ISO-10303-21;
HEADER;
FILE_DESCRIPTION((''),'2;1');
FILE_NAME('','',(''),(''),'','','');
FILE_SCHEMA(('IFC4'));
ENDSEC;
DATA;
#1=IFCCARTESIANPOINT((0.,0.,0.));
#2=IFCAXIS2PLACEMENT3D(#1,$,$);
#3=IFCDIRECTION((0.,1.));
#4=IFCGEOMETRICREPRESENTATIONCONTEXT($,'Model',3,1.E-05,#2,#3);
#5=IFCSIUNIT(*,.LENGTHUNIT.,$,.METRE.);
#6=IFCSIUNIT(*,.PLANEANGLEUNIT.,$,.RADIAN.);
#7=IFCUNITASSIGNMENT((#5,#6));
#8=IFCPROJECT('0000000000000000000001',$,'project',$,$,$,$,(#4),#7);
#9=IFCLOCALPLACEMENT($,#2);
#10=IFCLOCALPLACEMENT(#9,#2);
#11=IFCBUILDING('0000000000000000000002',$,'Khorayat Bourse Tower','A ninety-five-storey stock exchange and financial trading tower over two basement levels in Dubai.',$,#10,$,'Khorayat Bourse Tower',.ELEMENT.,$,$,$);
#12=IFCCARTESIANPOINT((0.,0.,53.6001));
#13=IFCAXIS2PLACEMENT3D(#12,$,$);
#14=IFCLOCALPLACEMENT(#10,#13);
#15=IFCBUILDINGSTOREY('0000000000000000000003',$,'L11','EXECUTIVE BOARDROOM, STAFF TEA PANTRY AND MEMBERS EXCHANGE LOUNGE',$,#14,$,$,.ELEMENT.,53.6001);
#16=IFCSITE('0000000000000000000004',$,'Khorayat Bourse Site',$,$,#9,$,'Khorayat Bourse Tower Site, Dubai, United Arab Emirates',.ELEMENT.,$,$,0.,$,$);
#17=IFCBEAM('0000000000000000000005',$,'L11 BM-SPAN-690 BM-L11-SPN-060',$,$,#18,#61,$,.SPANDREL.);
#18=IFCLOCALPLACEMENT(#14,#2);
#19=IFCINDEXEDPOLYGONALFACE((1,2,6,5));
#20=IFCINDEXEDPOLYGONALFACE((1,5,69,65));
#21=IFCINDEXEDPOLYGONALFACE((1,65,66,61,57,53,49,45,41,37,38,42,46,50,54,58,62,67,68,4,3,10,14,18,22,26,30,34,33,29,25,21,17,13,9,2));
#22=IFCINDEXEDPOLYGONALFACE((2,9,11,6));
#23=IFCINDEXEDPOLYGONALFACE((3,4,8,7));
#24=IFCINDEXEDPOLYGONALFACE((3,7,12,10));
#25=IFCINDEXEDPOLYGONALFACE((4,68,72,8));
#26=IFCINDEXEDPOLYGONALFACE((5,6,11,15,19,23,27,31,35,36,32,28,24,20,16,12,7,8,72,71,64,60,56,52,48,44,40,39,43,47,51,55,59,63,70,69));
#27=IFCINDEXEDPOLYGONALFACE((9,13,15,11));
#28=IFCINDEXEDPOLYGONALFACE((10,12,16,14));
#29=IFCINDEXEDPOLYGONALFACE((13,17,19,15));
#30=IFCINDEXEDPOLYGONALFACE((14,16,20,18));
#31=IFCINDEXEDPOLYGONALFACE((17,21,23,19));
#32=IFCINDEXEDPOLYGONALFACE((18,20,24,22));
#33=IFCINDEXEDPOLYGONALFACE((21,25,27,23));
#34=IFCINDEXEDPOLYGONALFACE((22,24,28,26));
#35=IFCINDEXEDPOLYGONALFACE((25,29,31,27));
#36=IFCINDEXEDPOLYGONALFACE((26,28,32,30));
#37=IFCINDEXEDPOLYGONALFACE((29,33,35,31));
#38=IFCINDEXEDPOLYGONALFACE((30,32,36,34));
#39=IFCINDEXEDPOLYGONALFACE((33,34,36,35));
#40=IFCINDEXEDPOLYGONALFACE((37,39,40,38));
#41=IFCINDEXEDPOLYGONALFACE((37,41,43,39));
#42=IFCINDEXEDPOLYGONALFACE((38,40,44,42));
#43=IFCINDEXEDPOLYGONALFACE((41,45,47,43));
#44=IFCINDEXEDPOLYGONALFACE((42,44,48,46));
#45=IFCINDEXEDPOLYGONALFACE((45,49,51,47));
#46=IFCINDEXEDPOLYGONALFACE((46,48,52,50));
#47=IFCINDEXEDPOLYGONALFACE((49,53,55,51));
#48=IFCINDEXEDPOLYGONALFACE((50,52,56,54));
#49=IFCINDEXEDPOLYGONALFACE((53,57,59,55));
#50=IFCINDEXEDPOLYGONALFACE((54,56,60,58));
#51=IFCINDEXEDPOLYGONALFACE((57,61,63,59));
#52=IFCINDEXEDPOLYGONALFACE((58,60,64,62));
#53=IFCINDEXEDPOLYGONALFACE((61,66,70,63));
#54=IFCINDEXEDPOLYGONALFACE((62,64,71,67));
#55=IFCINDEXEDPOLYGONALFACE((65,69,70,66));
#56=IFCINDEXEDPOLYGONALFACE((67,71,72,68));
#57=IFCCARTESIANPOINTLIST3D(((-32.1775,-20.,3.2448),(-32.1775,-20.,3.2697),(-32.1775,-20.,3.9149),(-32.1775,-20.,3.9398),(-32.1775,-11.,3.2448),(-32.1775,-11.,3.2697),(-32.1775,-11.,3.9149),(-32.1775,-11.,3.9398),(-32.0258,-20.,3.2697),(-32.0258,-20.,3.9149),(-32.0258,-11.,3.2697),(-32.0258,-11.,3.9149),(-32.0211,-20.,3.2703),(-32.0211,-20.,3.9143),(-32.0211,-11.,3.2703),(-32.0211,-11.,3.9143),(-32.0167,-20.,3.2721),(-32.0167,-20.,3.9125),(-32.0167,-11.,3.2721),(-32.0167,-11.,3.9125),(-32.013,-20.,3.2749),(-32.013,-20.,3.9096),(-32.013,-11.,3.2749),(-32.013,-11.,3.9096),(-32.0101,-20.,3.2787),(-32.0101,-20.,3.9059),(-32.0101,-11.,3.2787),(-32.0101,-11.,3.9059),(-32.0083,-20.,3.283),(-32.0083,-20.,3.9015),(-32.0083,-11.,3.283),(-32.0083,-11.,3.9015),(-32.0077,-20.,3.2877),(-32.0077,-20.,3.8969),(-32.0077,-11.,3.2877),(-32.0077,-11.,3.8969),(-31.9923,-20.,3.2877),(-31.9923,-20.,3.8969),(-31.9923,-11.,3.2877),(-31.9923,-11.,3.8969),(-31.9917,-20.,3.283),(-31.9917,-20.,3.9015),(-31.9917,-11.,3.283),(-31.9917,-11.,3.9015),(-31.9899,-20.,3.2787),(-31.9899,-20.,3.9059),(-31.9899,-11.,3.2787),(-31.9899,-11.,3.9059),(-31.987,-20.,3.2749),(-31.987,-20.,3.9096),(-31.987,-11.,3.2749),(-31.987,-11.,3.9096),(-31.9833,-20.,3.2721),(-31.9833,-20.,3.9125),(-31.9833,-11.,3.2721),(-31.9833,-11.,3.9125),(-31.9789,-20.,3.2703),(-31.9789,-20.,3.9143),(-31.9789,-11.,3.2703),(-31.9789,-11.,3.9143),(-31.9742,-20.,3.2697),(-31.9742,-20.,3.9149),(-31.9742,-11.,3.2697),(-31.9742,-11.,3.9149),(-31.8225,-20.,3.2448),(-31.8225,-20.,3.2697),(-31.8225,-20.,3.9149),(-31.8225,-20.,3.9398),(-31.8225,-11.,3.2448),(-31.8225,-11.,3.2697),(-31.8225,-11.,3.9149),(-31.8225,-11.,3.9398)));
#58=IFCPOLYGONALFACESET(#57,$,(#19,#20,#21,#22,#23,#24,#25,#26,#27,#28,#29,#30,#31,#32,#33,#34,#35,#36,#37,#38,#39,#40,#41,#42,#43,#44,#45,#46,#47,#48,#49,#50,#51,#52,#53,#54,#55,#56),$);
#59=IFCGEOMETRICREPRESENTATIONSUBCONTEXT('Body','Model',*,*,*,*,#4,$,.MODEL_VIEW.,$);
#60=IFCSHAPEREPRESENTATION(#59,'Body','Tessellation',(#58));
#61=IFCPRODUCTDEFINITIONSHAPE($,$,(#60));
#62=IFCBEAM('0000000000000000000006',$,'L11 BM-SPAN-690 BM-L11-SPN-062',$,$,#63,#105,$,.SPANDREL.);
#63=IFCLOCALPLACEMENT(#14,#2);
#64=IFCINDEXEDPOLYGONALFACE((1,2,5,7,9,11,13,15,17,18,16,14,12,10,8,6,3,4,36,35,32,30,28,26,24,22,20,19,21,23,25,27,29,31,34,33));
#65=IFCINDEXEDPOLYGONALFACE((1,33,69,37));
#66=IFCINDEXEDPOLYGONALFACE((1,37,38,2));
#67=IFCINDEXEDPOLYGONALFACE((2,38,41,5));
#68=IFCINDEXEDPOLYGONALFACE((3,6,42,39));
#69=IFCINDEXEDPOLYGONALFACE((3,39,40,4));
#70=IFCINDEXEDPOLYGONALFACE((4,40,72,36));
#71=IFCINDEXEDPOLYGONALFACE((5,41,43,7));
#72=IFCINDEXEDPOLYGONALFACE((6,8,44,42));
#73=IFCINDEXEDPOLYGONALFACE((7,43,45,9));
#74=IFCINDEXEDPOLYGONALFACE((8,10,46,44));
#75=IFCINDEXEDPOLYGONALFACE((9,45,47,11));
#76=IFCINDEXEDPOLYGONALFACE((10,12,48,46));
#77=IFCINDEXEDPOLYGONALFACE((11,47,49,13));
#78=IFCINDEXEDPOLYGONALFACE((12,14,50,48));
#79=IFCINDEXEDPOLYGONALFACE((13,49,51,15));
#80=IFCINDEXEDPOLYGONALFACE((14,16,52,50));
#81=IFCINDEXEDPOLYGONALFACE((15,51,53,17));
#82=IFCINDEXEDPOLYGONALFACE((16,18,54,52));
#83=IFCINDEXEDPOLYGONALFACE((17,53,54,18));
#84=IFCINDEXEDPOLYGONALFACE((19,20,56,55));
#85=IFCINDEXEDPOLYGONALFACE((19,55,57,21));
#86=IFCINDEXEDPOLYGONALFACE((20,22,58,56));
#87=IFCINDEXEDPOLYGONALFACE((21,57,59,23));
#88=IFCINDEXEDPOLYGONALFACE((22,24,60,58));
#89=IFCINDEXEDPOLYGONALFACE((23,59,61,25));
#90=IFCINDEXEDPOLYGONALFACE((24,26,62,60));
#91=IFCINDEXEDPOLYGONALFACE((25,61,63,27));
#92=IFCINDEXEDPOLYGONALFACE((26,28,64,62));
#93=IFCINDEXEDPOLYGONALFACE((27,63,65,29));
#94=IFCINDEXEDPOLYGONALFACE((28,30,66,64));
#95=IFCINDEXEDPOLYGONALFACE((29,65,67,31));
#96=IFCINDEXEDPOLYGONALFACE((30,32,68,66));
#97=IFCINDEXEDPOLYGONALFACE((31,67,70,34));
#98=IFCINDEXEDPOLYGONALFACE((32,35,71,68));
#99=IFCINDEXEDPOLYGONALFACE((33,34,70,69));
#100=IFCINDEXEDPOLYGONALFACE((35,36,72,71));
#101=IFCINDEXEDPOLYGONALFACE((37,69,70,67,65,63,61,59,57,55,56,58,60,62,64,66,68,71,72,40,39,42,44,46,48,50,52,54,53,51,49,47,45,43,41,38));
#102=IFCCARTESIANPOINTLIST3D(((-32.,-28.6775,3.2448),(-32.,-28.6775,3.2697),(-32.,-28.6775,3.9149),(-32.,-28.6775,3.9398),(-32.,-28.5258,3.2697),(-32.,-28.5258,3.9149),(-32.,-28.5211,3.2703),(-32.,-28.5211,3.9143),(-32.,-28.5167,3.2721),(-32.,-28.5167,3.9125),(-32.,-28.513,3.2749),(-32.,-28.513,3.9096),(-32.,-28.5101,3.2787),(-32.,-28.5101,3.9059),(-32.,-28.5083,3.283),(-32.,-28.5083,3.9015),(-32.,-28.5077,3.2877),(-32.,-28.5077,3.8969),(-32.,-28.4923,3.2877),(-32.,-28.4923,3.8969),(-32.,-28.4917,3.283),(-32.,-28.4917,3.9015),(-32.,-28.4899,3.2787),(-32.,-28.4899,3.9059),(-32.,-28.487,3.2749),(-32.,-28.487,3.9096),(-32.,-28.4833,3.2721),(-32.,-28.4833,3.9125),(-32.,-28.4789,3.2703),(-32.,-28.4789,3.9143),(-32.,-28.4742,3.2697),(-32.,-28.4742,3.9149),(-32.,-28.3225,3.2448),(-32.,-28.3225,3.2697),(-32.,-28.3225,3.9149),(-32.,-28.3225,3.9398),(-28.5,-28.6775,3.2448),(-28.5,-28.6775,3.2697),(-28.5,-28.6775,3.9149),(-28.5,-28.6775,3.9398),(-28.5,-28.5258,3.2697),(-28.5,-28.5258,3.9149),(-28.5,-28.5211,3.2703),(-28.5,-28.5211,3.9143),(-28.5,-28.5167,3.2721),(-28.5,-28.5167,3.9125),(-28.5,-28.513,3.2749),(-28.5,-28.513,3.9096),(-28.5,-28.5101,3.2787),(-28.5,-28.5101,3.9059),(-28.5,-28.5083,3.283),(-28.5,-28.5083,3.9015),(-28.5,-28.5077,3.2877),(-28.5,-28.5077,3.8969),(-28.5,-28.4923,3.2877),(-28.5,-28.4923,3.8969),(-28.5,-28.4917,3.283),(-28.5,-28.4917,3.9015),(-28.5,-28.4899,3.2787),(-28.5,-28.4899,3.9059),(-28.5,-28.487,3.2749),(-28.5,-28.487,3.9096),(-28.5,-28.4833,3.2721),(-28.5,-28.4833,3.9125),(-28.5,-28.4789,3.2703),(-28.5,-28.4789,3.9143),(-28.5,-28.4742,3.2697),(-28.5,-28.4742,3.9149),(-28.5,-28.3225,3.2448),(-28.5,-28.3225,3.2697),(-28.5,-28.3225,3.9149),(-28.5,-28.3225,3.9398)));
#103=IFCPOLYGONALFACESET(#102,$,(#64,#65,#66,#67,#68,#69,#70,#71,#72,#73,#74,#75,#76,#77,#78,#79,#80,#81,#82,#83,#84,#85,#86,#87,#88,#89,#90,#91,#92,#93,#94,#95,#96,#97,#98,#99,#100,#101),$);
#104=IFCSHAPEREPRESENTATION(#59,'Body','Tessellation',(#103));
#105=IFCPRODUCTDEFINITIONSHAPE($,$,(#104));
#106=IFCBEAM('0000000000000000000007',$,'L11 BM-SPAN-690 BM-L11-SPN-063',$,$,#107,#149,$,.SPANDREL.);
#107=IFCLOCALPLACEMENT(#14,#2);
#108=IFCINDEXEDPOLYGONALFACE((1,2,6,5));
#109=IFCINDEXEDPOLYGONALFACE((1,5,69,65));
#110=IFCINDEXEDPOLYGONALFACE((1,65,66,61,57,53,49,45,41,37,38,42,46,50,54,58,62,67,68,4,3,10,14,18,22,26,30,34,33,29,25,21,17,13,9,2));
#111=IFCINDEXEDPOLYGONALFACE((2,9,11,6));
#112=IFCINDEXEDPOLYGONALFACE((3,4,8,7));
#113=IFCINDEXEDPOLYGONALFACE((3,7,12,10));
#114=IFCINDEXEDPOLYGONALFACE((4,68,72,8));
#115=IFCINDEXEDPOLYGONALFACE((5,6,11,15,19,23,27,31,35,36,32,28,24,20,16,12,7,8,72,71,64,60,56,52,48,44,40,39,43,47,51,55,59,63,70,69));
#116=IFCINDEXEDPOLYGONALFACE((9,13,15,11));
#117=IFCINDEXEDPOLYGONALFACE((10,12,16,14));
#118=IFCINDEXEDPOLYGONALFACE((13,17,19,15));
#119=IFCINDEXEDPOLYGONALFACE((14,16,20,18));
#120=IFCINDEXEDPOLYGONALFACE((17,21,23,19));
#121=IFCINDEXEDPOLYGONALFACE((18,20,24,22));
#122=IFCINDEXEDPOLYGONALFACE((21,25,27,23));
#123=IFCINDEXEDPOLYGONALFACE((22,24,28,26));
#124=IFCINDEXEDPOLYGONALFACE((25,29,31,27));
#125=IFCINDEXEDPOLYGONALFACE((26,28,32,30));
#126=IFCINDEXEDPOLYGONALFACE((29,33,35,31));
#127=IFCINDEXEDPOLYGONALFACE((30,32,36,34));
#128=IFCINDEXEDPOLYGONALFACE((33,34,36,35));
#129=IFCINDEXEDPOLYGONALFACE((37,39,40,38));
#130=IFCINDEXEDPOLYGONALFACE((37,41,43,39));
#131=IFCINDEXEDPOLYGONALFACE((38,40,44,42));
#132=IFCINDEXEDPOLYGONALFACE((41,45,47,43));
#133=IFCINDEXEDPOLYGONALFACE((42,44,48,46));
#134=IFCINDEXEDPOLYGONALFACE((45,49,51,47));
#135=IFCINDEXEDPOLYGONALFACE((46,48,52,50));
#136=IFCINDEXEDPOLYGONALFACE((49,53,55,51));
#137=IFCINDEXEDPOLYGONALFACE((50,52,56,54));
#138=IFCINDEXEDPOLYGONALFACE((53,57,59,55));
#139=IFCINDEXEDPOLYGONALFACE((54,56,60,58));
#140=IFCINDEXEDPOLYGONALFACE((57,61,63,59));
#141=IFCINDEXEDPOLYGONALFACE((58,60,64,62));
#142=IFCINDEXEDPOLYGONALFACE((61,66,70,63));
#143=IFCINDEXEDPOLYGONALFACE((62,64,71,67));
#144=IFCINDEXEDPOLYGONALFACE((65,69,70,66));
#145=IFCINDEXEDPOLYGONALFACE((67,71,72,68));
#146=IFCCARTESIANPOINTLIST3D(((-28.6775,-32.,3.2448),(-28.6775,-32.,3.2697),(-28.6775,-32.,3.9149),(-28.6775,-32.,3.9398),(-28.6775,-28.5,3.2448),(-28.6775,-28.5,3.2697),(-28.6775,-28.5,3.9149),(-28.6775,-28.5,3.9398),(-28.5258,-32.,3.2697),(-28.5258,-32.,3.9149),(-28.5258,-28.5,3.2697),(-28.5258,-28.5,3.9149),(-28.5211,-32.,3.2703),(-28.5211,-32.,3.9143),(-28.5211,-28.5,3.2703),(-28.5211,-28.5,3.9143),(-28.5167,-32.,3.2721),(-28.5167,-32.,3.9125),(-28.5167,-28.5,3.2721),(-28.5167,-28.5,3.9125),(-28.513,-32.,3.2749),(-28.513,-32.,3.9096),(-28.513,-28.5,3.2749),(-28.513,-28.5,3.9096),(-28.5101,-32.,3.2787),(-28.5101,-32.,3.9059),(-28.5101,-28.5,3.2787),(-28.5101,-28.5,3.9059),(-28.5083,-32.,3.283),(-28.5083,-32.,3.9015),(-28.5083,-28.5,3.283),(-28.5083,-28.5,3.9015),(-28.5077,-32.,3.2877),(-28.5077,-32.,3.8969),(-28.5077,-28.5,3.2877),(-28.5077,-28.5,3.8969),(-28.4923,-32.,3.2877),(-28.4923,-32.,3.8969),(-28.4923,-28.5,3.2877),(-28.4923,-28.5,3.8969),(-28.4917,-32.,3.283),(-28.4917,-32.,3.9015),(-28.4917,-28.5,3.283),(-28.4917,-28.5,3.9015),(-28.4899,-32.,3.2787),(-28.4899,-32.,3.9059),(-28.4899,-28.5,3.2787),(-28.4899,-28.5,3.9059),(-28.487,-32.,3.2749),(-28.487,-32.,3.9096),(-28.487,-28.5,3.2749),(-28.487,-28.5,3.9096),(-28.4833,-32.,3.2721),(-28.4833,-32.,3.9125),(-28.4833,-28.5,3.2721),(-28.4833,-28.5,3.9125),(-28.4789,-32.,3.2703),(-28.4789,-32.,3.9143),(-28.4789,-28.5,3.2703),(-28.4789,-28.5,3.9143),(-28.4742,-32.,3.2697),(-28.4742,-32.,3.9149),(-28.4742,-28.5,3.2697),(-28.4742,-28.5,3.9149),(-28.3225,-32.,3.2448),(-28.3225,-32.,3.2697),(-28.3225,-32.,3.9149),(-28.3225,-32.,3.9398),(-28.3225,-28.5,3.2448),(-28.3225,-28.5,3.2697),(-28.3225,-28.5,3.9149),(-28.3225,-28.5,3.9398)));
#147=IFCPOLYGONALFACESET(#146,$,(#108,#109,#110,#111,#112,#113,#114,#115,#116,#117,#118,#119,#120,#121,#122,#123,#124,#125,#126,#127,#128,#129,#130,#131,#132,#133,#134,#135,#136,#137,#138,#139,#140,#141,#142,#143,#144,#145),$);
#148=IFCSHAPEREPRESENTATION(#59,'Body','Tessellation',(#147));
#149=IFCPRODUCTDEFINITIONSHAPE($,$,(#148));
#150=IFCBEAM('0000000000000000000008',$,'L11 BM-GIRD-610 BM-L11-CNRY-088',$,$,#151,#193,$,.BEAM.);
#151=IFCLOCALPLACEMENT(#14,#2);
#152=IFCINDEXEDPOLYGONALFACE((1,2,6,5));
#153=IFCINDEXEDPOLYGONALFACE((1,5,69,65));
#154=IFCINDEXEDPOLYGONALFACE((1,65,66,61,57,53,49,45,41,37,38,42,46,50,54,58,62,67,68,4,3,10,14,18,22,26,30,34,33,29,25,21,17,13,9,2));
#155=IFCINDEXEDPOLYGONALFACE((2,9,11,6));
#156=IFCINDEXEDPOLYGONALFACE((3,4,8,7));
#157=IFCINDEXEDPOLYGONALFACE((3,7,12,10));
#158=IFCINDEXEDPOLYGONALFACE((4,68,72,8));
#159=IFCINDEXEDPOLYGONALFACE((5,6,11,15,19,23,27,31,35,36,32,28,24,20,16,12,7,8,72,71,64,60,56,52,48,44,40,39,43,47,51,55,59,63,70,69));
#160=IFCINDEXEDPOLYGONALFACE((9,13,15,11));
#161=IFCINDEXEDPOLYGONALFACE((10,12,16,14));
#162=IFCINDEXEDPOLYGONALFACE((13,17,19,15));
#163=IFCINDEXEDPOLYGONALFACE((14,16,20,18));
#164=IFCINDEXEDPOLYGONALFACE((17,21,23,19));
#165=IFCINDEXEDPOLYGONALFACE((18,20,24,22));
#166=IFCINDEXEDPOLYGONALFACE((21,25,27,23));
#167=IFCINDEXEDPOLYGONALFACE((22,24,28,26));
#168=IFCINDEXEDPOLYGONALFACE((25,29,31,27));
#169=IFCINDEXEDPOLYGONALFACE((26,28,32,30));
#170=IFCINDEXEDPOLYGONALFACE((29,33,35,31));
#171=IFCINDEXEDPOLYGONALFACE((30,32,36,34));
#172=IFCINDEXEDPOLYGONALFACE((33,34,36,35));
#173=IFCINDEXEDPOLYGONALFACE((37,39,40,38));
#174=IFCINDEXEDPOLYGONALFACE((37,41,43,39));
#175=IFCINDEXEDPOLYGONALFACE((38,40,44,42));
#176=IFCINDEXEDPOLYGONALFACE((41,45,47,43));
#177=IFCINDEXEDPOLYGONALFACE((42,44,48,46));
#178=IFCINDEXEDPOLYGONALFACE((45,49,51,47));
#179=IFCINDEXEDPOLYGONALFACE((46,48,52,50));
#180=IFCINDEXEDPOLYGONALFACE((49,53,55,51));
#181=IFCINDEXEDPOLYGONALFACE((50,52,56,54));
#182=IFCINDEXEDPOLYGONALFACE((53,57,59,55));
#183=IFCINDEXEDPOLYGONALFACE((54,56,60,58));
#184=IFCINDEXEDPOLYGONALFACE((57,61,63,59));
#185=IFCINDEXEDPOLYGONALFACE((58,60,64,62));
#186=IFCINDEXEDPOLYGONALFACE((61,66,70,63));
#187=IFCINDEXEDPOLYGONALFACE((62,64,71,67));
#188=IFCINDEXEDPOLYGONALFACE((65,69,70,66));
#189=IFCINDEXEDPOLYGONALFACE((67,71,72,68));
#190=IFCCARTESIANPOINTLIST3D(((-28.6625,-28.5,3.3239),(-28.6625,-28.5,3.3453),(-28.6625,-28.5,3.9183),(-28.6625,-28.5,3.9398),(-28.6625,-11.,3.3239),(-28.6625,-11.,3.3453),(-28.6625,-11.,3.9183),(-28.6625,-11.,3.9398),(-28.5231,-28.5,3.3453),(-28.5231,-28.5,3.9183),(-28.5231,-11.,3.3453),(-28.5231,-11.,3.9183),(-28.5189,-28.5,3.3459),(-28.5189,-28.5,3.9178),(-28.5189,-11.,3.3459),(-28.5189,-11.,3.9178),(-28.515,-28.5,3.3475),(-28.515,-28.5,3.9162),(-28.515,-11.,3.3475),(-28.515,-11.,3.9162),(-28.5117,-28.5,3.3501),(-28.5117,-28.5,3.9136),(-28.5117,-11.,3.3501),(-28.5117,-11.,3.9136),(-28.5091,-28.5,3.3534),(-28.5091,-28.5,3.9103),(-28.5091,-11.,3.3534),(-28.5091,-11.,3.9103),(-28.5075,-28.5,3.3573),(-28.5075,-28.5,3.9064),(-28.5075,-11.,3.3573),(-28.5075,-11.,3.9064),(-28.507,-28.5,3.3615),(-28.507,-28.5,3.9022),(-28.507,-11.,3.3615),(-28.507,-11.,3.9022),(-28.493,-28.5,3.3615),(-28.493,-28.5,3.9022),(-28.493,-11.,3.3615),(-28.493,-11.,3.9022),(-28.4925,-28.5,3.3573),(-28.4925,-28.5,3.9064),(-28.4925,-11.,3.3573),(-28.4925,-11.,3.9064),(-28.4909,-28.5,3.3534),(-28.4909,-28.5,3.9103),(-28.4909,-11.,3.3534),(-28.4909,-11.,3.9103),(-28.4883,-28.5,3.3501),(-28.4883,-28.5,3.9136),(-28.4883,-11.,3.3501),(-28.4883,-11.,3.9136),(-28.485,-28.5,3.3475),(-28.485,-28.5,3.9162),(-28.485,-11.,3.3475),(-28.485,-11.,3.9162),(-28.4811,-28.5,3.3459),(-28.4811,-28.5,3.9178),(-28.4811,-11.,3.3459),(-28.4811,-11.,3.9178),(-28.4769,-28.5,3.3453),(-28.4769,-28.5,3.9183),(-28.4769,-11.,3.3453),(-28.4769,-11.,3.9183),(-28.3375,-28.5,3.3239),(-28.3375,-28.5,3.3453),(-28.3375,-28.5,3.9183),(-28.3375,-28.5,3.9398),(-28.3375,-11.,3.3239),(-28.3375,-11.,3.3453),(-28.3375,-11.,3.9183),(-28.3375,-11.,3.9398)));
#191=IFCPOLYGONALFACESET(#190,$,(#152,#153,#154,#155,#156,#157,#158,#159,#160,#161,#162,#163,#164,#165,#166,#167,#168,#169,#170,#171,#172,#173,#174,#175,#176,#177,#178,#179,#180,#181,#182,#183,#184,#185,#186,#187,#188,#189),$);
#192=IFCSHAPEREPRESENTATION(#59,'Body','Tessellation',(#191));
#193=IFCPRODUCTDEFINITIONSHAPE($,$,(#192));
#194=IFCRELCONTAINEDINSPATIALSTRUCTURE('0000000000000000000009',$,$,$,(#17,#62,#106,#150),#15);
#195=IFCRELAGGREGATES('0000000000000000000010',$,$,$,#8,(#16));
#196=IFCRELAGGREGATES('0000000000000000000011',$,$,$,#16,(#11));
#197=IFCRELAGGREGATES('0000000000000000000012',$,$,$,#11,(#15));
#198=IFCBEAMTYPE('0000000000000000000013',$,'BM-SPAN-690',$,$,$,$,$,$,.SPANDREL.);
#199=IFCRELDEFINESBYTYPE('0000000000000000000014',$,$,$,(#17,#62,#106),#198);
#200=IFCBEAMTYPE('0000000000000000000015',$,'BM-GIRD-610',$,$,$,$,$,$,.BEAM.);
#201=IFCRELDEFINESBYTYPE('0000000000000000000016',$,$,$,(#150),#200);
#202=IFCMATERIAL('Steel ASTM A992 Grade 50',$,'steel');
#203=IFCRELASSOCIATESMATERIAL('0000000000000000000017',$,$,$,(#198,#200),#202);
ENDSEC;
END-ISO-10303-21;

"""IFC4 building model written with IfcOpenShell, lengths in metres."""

from ifc_helpers import new_model, si_unit, direction, frame, origin, origin_2d, place, context, subcontext, project, spatial, i_section, extrude, source, transform, mapped, material, material_profile, profile_set, type_object, element, save


model = new_model("IFC4")

# Units and contexts
model_context = context("Model", 3, precision=1e-05, world=origin(), true_north=direction((0.0, 1.0)))
body_context = subcontext(model_context, "Body", "Model", "MODEL_VIEW")
ifc_project = project(units=[si_unit("LENGTHUNIT", "METRE"), si_unit("PLANEANGLEUNIT", "RADIAN")], contexts=[model_context])

# Site, building, storey
site_placement = place(None, origin())
site = spatial("IfcSite", under=ifc_project, at=site_placement, Name="Khorayat Bourse Site", LongName="Khorayat Bourse Tower Site, Dubai, United Arab Emirates", CompositionType="ELEMENT", RefElevation=0.0)
building_placement = place(site_placement, origin())
building = spatial("IfcBuilding", under=site, at=building_placement, Name="Khorayat Bourse Tower", Description="A ninety-five-storey stock exchange and financial trading tower over two basement levels in Dubai.", LongName="Khorayat Bourse Tower", CompositionType="ELEMENT")
storey_placement = place(building_placement, frame((0.0, 0.0, 53.6001)))
storey = spatial("IfcBuildingStorey", under=building, at=storey_placement, Name="L11", Description="EXECUTIVE BOARDROOM, STAFF TEA PANTRY AND MEMBERS EXCHANGE LOUNGE", CompositionType="ELEMENT", Elevation=53.6001)

# Beams
ifc_material_1 = material(Name="Steel ASTM A992 Grade 50", Category="steel")
ifc_material_profile_1 = material_profile(ifc_material_1, i_section(OverallWidth=0.355, OverallDepth=0.6951, WebThickness=0.0154, FlangeThickness=0.0249, FilletRadius=0.0181, at=origin_2d()), Name="W690X217")
ifc_profile_set_1 = profile_set([ifc_material_profile_1], Name="Steel ASTM A992 Grade 50")
beam_type_1 = type_object("IfcBeamType", Name="BM-SPAN-690", PredefinedType="SPANDREL", material=ifc_profile_set_1)
shared_shape_1 = source(origin(), body_context, "Body", "SweptSolid", [
    extrude(i_section(OverallWidth=0.355, OverallDepth=0.6951, WebThickness=0.0154, FlangeThickness=0.0249, FilletRadius=0.0181, at=origin_2d()), origin(), (0.0, 0.0, 1.0), 9.0),
])
beam_1_placement = place(storey_placement, frame((-32.0, -20.0, 3.5923), z_axis=(0.0, 1.0, 0.0), x_axis=(-1.0, 0.0, 0.0)))
element("IfcBeam", 1, at=beam_1_placement, inside=storey, type_object=beam_type_1, Name="L11 BM-SPAN-690 BM-L11-SPN-060", PredefinedType="SPANDREL", context=body_context, shape_type="MappedRepresentation", body=[
    mapped(shared_shape_1, transform((0.0, 0.0, 0.0), scale=1.0)),
])
shared_shape_2 = source(origin(), body_context, "Body", "SweptSolid", [
    extrude(i_section(OverallWidth=0.355, OverallDepth=0.6951, WebThickness=0.0154, FlangeThickness=0.0249, FilletRadius=0.0181, at=origin_2d()), origin(), (0.0, 0.0, 1.0), 3.5),
])
for number, where, z_axis, x_axis, name in (
    (2, (-32.0, -28.5, 3.5923), (1.0, 0.0, 0.0), (0.0, 1.0, 0.0), "L11 BM-SPAN-690 BM-L11-SPN-062"),
    (3, (-28.5, -32.0, 3.5923), (0.0, 1.0, 0.0), (-1.0, 0.0, 0.0), "L11 BM-SPAN-690 BM-L11-SPN-063"),
):
    element("IfcBeam", number, at=place(storey_placement, frame(where, z_axis=z_axis, x_axis=x_axis)), inside=storey, type_object=beam_type_1, Name=name, PredefinedType="SPANDREL", context=body_context, shape_type="MappedRepresentation", body=[
        mapped(shared_shape_2, transform((0.0, 0.0, 0.0), scale=1.0)),
    ])
ifc_material_profile_2 = material_profile(ifc_material_1, i_section(OverallWidth=0.325, OverallDepth=0.616, WebThickness=0.0139, FlangeThickness=0.0215, FilletRadius=0.0161, at=origin_2d()), Name="W610X174")
ifc_profile_set_2 = profile_set([ifc_material_profile_2], Name="Steel ASTM A992 Grade 50")
beam_type_2 = type_object("IfcBeamType", Name="BM-GIRD-610", PredefinedType="BEAM", material=ifc_profile_set_2)
shared_shape_3 = source(origin(), body_context, "Body", "SweptSolid", [
    extrude(i_section(OverallWidth=0.325, OverallDepth=0.616, WebThickness=0.0139, FlangeThickness=0.0215, FilletRadius=0.0161, at=origin_2d()), origin(), (0.0, 0.0, 1.0), 17.5),
])
beam_2_placement = place(storey_placement, frame((-28.5, -28.5, 3.6318), z_axis=(0.0, 1.0, 0.0), x_axis=(-1.0, 0.0, 0.0)))
element("IfcBeam", 4, at=beam_2_placement, inside=storey, type_object=beam_type_2, Name="L11 BM-GIRD-610 BM-L11-CNRY-088", PredefinedType="BEAM", context=body_context, shape_type="MappedRepresentation", body=[
    mapped(shared_shape_3, transform((0.0, 0.0, 0.0), scale=1.0)),
])

save(model, "model.ifc")
